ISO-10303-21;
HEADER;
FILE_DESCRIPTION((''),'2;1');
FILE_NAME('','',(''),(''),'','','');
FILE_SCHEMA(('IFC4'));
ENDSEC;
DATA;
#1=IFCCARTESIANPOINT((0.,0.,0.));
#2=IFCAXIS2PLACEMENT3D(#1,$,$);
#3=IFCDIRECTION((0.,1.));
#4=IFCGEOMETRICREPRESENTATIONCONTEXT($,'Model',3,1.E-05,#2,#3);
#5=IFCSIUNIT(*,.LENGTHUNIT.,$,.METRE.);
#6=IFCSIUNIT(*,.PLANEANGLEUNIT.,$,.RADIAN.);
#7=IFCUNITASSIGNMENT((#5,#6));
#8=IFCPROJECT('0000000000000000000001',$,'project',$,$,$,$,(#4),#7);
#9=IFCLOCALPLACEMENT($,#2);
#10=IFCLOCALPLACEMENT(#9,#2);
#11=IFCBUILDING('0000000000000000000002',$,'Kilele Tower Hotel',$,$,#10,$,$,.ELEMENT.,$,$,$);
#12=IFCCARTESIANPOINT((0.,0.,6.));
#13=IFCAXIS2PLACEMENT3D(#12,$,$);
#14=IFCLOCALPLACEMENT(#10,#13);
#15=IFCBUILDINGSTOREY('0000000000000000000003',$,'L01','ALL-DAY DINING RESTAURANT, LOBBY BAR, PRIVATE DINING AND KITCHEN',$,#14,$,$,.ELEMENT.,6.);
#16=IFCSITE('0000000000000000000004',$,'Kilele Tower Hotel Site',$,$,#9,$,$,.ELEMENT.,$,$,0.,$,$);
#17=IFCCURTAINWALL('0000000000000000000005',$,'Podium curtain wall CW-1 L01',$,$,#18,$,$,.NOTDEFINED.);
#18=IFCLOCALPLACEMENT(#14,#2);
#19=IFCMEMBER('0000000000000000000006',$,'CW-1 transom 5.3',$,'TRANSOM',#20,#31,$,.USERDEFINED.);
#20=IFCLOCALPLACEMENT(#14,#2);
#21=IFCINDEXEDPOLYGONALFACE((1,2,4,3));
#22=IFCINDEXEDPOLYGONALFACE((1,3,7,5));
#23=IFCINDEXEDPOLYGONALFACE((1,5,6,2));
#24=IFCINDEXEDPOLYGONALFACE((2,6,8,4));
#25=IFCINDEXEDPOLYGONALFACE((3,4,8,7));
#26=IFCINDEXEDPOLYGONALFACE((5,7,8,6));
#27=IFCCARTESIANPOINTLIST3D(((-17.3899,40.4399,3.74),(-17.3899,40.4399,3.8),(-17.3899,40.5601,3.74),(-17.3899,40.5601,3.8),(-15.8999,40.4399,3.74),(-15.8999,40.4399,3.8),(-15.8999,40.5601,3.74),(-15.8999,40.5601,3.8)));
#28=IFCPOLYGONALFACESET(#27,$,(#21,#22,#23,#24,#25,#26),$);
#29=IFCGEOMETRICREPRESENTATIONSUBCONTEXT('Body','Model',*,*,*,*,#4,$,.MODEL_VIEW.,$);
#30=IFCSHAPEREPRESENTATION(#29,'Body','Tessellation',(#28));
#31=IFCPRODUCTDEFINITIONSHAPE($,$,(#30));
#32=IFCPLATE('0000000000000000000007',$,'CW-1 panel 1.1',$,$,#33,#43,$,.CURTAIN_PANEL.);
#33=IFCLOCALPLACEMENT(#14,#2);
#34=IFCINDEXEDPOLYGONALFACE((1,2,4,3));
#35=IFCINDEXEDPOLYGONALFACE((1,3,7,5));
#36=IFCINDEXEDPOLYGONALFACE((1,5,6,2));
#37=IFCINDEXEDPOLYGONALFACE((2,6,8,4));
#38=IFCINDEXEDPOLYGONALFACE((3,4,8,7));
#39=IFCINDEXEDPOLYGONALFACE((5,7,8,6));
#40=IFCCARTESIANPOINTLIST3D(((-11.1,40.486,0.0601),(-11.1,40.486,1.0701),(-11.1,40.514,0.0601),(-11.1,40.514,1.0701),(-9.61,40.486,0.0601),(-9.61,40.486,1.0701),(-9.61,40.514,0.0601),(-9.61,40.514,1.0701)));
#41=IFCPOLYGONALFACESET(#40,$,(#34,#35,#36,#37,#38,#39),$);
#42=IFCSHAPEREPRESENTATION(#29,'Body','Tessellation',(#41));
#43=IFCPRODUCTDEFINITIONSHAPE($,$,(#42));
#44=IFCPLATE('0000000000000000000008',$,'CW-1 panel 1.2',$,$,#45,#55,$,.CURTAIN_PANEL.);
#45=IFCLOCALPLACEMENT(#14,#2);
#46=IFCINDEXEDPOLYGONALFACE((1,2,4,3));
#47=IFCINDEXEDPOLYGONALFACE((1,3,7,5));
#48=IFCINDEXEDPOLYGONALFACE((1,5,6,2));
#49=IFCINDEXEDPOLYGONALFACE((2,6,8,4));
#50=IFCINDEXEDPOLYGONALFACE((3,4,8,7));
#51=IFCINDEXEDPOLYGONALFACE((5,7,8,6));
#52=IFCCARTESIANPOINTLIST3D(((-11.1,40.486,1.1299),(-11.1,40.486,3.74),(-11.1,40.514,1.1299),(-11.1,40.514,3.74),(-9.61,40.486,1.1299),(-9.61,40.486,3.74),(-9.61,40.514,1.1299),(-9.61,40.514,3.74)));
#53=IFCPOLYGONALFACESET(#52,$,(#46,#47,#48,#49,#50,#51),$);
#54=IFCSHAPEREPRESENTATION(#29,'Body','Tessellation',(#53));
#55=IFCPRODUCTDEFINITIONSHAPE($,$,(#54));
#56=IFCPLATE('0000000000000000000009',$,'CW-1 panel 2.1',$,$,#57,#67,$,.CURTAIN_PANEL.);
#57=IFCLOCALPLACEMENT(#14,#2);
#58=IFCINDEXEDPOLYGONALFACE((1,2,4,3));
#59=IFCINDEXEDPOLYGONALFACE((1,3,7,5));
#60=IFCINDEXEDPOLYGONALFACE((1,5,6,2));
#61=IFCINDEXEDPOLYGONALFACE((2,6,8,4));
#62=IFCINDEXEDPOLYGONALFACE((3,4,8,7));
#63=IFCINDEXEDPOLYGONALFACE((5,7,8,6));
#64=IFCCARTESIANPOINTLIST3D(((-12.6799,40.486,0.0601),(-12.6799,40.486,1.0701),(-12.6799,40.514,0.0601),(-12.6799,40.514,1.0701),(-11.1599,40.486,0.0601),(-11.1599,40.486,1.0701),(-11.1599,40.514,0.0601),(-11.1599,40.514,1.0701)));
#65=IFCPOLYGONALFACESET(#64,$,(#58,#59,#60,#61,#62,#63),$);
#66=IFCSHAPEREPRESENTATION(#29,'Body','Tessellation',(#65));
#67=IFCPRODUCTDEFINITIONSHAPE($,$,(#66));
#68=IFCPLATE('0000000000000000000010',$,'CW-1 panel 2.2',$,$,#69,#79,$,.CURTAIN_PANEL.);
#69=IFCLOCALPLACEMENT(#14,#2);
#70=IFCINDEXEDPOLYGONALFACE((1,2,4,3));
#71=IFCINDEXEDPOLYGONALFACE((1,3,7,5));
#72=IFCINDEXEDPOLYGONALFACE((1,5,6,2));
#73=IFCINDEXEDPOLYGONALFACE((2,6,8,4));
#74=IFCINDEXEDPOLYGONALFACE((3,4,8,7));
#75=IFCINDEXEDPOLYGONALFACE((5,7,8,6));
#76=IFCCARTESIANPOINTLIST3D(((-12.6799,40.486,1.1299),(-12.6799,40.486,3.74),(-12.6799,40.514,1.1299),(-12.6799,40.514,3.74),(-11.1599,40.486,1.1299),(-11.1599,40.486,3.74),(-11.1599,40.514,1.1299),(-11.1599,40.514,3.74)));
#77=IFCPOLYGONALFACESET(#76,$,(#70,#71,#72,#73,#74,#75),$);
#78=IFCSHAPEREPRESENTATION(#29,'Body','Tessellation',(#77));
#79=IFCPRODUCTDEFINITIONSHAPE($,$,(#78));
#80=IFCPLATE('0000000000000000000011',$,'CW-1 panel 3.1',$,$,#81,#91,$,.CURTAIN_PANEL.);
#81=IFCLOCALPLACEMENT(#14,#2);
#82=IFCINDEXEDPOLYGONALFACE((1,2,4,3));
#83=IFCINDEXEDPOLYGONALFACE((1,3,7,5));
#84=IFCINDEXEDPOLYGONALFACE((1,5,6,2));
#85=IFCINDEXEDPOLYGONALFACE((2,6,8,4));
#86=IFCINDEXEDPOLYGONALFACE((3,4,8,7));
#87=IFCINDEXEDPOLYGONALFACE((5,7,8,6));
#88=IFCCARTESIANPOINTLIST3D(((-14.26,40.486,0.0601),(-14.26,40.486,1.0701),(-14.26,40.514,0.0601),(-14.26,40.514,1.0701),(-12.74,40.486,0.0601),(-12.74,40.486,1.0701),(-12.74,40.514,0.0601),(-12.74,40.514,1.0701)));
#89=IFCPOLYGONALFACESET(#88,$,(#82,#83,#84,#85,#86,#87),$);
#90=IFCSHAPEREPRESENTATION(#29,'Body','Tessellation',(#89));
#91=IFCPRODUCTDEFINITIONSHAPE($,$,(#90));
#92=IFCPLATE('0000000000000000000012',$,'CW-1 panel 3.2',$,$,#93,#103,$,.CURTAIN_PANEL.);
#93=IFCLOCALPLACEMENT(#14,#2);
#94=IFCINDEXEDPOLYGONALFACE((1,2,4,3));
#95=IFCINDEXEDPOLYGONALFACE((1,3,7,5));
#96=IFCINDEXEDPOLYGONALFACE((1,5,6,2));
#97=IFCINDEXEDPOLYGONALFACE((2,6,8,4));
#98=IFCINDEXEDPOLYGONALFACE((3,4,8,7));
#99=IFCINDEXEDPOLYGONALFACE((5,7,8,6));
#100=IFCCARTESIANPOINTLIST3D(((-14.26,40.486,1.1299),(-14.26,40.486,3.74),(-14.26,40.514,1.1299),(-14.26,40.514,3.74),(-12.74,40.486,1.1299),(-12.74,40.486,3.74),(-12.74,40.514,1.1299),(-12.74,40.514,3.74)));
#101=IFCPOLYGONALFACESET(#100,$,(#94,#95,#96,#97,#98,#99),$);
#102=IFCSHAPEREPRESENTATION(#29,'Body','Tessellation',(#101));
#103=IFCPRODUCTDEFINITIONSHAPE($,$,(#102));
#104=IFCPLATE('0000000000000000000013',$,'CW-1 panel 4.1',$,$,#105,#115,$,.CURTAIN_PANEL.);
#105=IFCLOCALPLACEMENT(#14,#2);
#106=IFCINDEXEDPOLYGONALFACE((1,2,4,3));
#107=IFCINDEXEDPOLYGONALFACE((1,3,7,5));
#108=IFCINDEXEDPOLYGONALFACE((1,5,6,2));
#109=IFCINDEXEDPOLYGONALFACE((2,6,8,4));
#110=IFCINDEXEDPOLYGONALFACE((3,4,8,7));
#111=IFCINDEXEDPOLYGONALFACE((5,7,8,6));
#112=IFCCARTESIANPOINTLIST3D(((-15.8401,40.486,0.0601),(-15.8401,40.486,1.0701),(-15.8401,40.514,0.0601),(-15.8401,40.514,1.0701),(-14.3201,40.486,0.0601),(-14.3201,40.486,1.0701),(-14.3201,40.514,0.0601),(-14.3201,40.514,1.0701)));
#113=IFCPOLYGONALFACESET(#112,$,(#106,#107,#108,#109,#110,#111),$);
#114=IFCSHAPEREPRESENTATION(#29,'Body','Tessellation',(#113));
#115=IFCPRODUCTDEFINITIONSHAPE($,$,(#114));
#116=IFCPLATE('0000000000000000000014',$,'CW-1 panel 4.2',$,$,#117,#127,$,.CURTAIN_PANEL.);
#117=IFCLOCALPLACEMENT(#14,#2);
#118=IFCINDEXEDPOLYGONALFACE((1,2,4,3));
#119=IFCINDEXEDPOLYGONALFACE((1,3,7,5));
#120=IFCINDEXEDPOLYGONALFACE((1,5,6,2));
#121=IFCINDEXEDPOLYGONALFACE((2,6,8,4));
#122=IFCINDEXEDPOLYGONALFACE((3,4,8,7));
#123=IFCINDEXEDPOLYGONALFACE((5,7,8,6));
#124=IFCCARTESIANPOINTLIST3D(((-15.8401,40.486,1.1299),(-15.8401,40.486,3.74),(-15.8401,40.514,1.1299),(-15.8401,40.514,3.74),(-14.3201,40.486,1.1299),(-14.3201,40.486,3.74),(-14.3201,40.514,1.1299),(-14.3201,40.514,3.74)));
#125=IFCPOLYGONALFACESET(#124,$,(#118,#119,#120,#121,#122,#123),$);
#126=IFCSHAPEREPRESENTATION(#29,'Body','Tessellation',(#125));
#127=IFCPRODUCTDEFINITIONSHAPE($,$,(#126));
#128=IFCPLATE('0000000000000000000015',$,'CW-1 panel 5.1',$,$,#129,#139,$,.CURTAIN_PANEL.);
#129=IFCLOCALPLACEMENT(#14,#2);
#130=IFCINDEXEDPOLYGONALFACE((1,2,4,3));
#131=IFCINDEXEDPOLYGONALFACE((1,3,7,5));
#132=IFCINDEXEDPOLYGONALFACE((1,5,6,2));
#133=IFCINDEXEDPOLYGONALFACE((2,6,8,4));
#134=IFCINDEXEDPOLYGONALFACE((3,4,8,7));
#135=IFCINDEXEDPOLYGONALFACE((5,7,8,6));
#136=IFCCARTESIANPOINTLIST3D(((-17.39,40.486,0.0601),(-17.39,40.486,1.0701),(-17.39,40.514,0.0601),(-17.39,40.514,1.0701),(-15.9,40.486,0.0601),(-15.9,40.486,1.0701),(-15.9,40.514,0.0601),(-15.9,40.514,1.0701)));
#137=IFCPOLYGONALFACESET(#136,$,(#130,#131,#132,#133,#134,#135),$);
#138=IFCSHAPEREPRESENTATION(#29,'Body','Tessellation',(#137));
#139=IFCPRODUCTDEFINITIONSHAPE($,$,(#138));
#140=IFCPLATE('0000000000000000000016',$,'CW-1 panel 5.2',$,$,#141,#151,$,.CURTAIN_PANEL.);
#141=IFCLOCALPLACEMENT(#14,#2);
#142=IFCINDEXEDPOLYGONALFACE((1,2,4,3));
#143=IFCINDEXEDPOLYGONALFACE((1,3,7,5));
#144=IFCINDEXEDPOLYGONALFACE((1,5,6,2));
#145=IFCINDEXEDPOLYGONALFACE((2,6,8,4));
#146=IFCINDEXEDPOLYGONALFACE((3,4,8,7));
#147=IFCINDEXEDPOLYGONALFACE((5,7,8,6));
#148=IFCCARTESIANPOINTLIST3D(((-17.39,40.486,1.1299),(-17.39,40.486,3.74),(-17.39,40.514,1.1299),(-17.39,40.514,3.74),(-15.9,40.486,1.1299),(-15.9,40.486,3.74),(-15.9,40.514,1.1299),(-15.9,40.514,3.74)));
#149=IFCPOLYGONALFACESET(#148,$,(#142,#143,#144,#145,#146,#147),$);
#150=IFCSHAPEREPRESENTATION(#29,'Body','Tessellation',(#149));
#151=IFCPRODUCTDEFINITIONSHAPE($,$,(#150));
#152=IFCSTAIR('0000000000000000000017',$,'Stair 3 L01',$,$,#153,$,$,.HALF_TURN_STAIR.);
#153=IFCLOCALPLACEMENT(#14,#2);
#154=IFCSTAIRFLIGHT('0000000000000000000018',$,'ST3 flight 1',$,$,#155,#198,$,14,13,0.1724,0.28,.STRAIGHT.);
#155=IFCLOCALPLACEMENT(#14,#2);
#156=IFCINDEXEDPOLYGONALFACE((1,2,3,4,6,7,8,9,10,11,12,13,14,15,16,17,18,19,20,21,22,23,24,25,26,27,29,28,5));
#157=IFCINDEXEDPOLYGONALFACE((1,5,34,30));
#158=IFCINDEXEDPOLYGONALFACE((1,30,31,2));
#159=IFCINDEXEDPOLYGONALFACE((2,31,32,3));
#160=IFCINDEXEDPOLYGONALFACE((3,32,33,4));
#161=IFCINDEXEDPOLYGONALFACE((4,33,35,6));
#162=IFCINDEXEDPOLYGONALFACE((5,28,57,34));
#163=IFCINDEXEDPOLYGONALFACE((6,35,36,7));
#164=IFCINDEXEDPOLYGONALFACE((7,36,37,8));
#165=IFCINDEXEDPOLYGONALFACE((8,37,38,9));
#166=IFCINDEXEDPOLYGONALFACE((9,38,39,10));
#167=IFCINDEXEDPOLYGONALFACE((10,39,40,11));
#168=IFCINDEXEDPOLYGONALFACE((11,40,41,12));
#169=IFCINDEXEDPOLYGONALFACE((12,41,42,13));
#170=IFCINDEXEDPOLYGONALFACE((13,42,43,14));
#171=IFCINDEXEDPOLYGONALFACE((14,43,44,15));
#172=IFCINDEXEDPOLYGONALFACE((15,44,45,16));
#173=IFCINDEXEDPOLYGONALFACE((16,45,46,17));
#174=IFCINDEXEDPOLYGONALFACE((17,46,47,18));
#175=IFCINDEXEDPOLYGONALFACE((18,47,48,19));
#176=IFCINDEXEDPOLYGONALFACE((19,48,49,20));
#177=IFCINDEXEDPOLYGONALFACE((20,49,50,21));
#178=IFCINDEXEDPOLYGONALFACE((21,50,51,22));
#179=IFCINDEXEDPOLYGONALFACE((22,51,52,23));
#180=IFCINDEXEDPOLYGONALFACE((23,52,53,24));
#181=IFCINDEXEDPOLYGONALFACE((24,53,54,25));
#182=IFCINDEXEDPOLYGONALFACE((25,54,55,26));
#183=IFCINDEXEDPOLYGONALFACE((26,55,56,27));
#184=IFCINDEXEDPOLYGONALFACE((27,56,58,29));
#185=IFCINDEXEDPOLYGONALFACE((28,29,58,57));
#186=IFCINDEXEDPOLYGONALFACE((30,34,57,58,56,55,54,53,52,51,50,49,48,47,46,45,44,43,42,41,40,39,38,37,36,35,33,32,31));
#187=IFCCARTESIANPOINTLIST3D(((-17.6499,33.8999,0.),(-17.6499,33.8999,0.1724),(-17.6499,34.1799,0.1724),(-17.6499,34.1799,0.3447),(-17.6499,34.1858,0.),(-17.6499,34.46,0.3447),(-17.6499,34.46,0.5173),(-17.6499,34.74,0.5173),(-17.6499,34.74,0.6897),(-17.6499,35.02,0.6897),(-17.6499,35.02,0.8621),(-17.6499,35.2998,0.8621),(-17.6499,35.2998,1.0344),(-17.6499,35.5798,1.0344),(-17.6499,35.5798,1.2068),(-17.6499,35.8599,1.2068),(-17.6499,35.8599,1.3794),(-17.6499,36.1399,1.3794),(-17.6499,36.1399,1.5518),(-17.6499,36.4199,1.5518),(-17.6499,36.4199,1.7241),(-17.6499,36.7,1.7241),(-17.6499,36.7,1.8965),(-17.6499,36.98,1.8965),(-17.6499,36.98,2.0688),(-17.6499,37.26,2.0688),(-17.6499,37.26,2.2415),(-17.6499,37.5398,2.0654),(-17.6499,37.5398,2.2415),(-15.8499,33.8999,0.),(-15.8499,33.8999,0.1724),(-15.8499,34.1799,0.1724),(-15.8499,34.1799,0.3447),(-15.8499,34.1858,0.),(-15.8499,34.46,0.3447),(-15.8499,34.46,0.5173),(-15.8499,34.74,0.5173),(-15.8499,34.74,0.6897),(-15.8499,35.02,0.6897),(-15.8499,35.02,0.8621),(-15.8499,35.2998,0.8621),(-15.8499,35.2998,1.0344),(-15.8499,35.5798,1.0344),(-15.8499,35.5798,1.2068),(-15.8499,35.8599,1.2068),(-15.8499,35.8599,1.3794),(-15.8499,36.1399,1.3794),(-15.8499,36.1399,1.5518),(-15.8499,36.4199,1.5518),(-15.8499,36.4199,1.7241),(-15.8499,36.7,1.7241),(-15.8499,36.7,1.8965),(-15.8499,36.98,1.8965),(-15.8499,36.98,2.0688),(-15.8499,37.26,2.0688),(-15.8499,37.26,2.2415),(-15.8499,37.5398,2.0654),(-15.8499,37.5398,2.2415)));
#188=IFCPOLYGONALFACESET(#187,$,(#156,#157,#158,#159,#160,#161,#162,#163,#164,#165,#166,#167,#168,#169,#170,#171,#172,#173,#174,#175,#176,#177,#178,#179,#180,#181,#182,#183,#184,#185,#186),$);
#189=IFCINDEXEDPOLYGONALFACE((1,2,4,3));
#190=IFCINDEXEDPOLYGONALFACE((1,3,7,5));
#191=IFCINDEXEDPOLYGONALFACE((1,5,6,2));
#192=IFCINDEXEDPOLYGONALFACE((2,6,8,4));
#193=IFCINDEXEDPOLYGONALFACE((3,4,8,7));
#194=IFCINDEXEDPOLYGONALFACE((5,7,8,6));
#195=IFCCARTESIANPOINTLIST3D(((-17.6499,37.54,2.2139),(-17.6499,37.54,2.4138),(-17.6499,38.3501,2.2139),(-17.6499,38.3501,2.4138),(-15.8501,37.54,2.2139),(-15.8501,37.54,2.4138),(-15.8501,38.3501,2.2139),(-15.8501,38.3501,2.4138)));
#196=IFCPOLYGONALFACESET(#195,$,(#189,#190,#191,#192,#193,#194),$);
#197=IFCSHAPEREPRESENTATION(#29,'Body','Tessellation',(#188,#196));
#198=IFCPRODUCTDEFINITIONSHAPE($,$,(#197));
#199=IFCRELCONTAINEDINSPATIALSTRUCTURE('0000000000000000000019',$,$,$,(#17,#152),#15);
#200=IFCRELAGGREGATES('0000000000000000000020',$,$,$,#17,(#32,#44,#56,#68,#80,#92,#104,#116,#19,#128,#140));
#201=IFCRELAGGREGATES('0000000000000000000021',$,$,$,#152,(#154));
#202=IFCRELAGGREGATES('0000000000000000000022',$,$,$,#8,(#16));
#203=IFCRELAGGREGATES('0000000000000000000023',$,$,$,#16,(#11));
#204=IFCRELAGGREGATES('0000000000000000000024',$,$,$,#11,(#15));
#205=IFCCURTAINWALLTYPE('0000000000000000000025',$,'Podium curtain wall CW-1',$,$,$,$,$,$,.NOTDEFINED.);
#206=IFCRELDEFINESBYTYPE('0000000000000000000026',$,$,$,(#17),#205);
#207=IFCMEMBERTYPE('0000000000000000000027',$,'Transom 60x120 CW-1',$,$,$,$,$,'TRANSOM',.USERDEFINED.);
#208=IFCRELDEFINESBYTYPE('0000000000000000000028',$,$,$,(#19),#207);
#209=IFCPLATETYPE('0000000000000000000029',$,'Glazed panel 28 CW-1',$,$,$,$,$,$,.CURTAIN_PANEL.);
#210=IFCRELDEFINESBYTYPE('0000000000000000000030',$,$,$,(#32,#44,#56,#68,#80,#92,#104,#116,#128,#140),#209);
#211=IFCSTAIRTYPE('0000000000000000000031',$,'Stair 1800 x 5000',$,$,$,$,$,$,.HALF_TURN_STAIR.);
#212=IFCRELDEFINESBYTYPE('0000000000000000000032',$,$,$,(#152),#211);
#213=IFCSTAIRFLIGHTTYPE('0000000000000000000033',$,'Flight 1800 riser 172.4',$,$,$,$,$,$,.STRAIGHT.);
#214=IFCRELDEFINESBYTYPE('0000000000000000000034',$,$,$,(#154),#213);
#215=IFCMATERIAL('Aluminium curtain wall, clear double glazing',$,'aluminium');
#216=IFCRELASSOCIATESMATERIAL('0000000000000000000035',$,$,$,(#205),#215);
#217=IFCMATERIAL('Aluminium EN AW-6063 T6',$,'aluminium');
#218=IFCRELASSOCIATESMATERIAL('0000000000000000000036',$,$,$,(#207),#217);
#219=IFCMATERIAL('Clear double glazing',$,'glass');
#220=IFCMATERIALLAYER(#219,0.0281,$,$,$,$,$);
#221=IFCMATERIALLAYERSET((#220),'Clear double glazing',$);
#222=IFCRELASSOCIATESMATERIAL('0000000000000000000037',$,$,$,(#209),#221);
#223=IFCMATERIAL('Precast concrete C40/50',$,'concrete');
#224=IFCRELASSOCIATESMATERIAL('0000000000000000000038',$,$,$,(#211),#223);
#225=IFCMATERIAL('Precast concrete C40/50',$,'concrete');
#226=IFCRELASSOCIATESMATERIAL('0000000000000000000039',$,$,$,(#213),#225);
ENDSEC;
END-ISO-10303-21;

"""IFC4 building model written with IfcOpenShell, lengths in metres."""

from ifc_helpers import new_model, si_unit, direction, frame, origin, origin_2d, place, context, subcontext, project, spatial, polyline, rectangle, outline, extrude, material, layer, layer_set, material_profile, profile_set, type_object, element, aggregate, save


model = new_model("IFC4")

# Units and contexts
model_context = context("Model", 3, precision=1e-05, world=origin(), true_north=direction((0.0, 1.0)))
body_context = subcontext(model_context, "Body", "Model", "MODEL_VIEW")
ifc_project = project(units=[si_unit("LENGTHUNIT", "METRE"), si_unit("PLANEANGLEUNIT", "RADIAN")], contexts=[model_context])

# Site, building, storey
site_placement = place(None, origin())
site = spatial("IfcSite", under=ifc_project, at=site_placement, Name="Kilele Tower Hotel Site", CompositionType="ELEMENT", RefElevation=0.0)
building_placement = place(site_placement, origin())
building = spatial("IfcBuilding", under=site, at=building_placement, Name="Kilele Tower Hotel", CompositionType="ELEMENT")
storey_placement = place(building_placement, frame((0.0, 0.0, 6.0)))
storey = spatial("IfcBuildingStorey", under=building, at=storey_placement, Name="L01", Description="ALL-DAY DINING RESTAURANT, LOBBY BAR, PRIVATE DINING AND KITCHEN", CompositionType="ELEMENT", Elevation=6.0)

# Curtain wall, member, plates
ifc_material_1 = material(Name="Aluminium curtain wall, clear double glazing", Category="aluminium")
curtain_wall_type = type_object("IfcCurtainWallType", Name="Podium curtain wall CW-1", PredefinedType="NOTDEFINED", material=ifc_material_1)
curtain_wall_placement = place(storey_placement, origin())
curtain_wall = element("IfcCurtainWall", 1, at=curtain_wall_placement, inside=storey, type_object=curtain_wall_type, Name="Podium curtain wall CW-1 L01", PredefinedType="NOTDEFINED")
ifc_material_2 = material(Name="Aluminium EN AW-6063 T6", Category="aluminium")
ifc_material_profile_1 = material_profile(ifc_material_2, rectangle(XDim=0.1201, YDim=0.0601, at=origin_2d()))
ifc_profile_set_1 = profile_set([ifc_material_profile_1], Name="Aluminium EN AW-6063 T6")
member_type_1 = type_object("IfcMemberType", Name="Transom 60x120 CW-1", ElementType="TRANSOM", PredefinedType="USERDEFINED", material=ifc_profile_set_1)
member_1_placement = place(storey_placement, frame((-15.8999, 40.5, 3.77), z_axis=(-1.0, 0.0, 0.0), x_axis=(0.0, -1.0, 0.0)))
member_1 = element("IfcMember", 2, at=member_1_placement, type_object=member_type_1, Name="CW-1 transom 5.3", ObjectType="TRANSOM", PredefinedType="USERDEFINED", context=body_context, shape_type="SweptSolid", body=[
    extrude(rectangle(XDim=0.1201, YDim=0.0601, at=origin_2d()), origin(), (0.0, 0.0, 1.0), 1.49),
])
ifc_material_3 = material(Name="Clear double glazing", Category="glass")
ifc_layer = layer(ifc_material_3, 0.0281)
ifc_layer_set = layer_set([ifc_layer], Name="Clear double glazing")
plate_type = type_object("IfcPlateType", Name="Glazed panel 28 CW-1", PredefinedType="CURTAIN_PANEL", material=ifc_layer_set)
plate_1_placement = place(storey_placement, frame((-10.355, 40.5, 0.0601), z_axis=(0.0, 0.0, 1.0), x_axis=(-1.0, 0.0, 0.0)))
plate_1 = element("IfcPlate", 3, at=plate_1_placement, type_object=plate_type, Name="CW-1 panel 1.1", PredefinedType="CURTAIN_PANEL", context=body_context, shape_type="SweptSolid", body=[
    extrude(rectangle(XDim=1.49, YDim=0.0281, at=origin_2d()), origin(), (0.0, 0.0, 1.0), 1.01),
])
plate_2_placement = place(storey_placement, frame((-10.355, 40.5, 1.1299), z_axis=(0.0, 0.0, 1.0), x_axis=(-1.0, 0.0, 0.0)))
plate_2 = element("IfcPlate", 4, at=plate_2_placement, type_object=plate_type, Name="CW-1 panel 1.2", PredefinedType="CURTAIN_PANEL", context=body_context, shape_type="SweptSolid", body=[
    extrude(rectangle(XDim=1.49, YDim=0.0281, at=origin_2d()), origin(), (0.0, 0.0, 1.0), 2.6101),
])
plate_3_placement = place(storey_placement, frame((-11.9199, 40.5, 0.0601), z_axis=(0.0, 0.0, 1.0), x_axis=(-1.0, 0.0, 0.0)))
plate_3 = element("IfcPlate", 5, at=plate_3_placement, type_object=plate_type, Name="CW-1 panel 2.1", PredefinedType="CURTAIN_PANEL", context=body_context, shape_type="SweptSolid", body=[
    extrude(rectangle(XDim=1.52, YDim=0.0281, at=origin_2d()), origin(), (0.0, 0.0, 1.0), 1.01),
])
plate_4_placement = place(storey_placement, frame((-11.9199, 40.5, 1.1299), z_axis=(0.0, 0.0, 1.0), x_axis=(-1.0, 0.0, 0.0)))
plate_4 = element("IfcPlate", 6, at=plate_4_placement, type_object=plate_type, Name="CW-1 panel 2.2", PredefinedType="CURTAIN_PANEL", context=body_context, shape_type="SweptSolid", body=[
    extrude(rectangle(XDim=1.52, YDim=0.0281, at=origin_2d()), origin(), (0.0, 0.0, 1.0), 2.6101),
])
plate_5_placement = place(storey_placement, frame((-13.5, 40.5, 0.0601), z_axis=(0.0, 0.0, 1.0), x_axis=(-1.0, 0.0, 0.0)))
plate_5 = element("IfcPlate", 7, at=plate_5_placement, type_object=plate_type, Name="CW-1 panel 3.1", PredefinedType="CURTAIN_PANEL", context=body_context, shape_type="SweptSolid", body=[
    extrude(rectangle(XDim=1.52, YDim=0.0281, at=origin_2d()), origin(), (0.0, 0.0, 1.0), 1.01),
])
plate_6_placement = place(storey_placement, frame((-13.5, 40.5, 1.1299), z_axis=(0.0, 0.0, 1.0), x_axis=(-1.0, 0.0, 0.0)))
plate_6 = element("IfcPlate", 8, at=plate_6_placement, type_object=plate_type, Name="CW-1 panel 3.2", PredefinedType="CURTAIN_PANEL", context=body_context, shape_type="SweptSolid", body=[
    extrude(rectangle(XDim=1.52, YDim=0.0281, at=origin_2d()), origin(), (0.0, 0.0, 1.0), 2.6101),
])
plate_7_placement = place(storey_placement, frame((-15.0801, 40.5, 0.0601), z_axis=(0.0, 0.0, 1.0), x_axis=(-1.0, 0.0, 0.0)))
plate_7 = element("IfcPlate", 9, at=plate_7_placement, type_object=plate_type, Name="CW-1 panel 4.1", PredefinedType="CURTAIN_PANEL", context=body_context, shape_type="SweptSolid", body=[
    extrude(rectangle(XDim=1.52, YDim=0.0281, at=origin_2d()), origin(), (0.0, 0.0, 1.0), 1.01),
])
plate_8_placement = place(storey_placement, frame((-15.0801, 40.5, 1.1299), z_axis=(0.0, 0.0, 1.0), x_axis=(-1.0, 0.0, 0.0)))
plate_8 = element("IfcPlate", 10, at=plate_8_placement, type_object=plate_type, Name="CW-1 panel 4.2", PredefinedType="CURTAIN_PANEL", context=body_context, shape_type="SweptSolid", body=[
    extrude(rectangle(XDim=1.52, YDim=0.0281, at=origin_2d()), origin(), (0.0, 0.0, 1.0), 2.6101),
])
plate_9_placement = place(storey_placement, frame((-16.645, 40.5, 0.0601), z_axis=(0.0, 0.0, 1.0), x_axis=(-1.0, 0.0, 0.0)))
plate_9 = element("IfcPlate", 11, at=plate_9_placement, type_object=plate_type, Name="CW-1 panel 5.1", PredefinedType="CURTAIN_PANEL", context=body_context, shape_type="SweptSolid", body=[
    extrude(rectangle(XDim=1.49, YDim=0.0281, at=origin_2d()), origin(), (0.0, 0.0, 1.0), 1.01),
])
plate_10_placement = place(storey_placement, frame((-16.645, 40.5, 1.1299), z_axis=(0.0, 0.0, 1.0), x_axis=(-1.0, 0.0, 0.0)))
plate_10 = element("IfcPlate", 12, at=plate_10_placement, type_object=plate_type, Name="CW-1 panel 5.2", PredefinedType="CURTAIN_PANEL", context=body_context, shape_type="SweptSolid", body=[
    extrude(rectangle(XDim=1.49, YDim=0.0281, at=origin_2d()), origin(), (0.0, 0.0, 1.0), 2.6101),
])
aggregate(curtain_wall, [plate_1, plate_2, plate_3, plate_4, plate_5, plate_6, plate_7, plate_8, member_1, plate_9, plate_10])

# Stair, stair flight
ifc_material_4 = material(Name="Precast concrete C40/50", Category="concrete")
stair_type = type_object("IfcStairType", Name="Stair 1800 x 5000", PredefinedType="HALF_TURN_STAIR", material=ifc_material_4)
stair_placement = place(storey_placement, origin())
stair = element("IfcStair", 13, at=stair_placement, inside=storey, type_object=stair_type, Name="Stair 3 L01", PredefinedType="HALF_TURN_STAIR")
ifc_material_5 = material(Name="Precast concrete C40/50", Category="concrete")
stair_flight_type = type_object("IfcStairFlightType", Name="Flight 1800 riser 172.4", PredefinedType="STRAIGHT", material=ifc_material_5)
stair_flight_1_placement = place(storey_placement, frame((-16.75, 33.8999, 0.0), z_axis=(0.0, 0.0, 1.0), x_axis=(0.0, 1.0, 0.0)))
stair_flight_1 = element("IfcStairFlight", 14, at=stair_flight_1_placement, type_object=stair_flight_type, Name="ST3 flight 1", NumberOfRisers=14, NumberOfTreads=13, PredefinedType="STRAIGHT", RiserHeight=0.1724, TreadLength=0.28, context=body_context, shape_type="SweptSolid", body=[
    extrude(outline(polyline([(0.0, 0.0), (0.0, 0.1724), (0.28, 0.1724), (0.28, 0.3447), (0.5601, 0.3447), (0.5601, 0.5173), (0.8401, 0.5173), (0.8401, 0.6897), (1.1201, 0.6897), (1.1201, 0.8621), (1.3999, 0.8621), (1.3999, 1.0344), (1.6799, 1.0344), (1.6799, 1.2068), (1.96, 1.2068), (1.96, 1.3794), (2.24, 1.3794), (2.24, 1.5518), (2.52, 1.5518), (2.52, 1.7241), (2.8, 1.7241), (2.8, 1.8965), (3.0801, 1.8965), (3.0801, 2.0688), (3.3601, 2.0688), (3.3601, 2.2415), (3.6399, 2.2415), (3.6399, 2.4138), (3.6399, 2.0654), (0.2859, 0.0), (0.0, 0.0)])), frame((0.0, 0.8999, 0.0), z_axis=(0.0, -1.0, 0.0), x_axis=(1.0, 0.0, 0.0)), (0.0, 0.0, 1.0), 1.8),
    extrude(outline(polyline([(3.6401, 0.8999), (3.6401, -0.8999), (4.4502, -0.8999), (4.4502, 0.8999), (3.6401, 0.8999)])), frame((0.0, 0.0, 2.2139)), (0.0, 0.0, 1.0), 0.2),
])
aggregate(stair, [stair_flight_1])

save(model, "model.ifc")
